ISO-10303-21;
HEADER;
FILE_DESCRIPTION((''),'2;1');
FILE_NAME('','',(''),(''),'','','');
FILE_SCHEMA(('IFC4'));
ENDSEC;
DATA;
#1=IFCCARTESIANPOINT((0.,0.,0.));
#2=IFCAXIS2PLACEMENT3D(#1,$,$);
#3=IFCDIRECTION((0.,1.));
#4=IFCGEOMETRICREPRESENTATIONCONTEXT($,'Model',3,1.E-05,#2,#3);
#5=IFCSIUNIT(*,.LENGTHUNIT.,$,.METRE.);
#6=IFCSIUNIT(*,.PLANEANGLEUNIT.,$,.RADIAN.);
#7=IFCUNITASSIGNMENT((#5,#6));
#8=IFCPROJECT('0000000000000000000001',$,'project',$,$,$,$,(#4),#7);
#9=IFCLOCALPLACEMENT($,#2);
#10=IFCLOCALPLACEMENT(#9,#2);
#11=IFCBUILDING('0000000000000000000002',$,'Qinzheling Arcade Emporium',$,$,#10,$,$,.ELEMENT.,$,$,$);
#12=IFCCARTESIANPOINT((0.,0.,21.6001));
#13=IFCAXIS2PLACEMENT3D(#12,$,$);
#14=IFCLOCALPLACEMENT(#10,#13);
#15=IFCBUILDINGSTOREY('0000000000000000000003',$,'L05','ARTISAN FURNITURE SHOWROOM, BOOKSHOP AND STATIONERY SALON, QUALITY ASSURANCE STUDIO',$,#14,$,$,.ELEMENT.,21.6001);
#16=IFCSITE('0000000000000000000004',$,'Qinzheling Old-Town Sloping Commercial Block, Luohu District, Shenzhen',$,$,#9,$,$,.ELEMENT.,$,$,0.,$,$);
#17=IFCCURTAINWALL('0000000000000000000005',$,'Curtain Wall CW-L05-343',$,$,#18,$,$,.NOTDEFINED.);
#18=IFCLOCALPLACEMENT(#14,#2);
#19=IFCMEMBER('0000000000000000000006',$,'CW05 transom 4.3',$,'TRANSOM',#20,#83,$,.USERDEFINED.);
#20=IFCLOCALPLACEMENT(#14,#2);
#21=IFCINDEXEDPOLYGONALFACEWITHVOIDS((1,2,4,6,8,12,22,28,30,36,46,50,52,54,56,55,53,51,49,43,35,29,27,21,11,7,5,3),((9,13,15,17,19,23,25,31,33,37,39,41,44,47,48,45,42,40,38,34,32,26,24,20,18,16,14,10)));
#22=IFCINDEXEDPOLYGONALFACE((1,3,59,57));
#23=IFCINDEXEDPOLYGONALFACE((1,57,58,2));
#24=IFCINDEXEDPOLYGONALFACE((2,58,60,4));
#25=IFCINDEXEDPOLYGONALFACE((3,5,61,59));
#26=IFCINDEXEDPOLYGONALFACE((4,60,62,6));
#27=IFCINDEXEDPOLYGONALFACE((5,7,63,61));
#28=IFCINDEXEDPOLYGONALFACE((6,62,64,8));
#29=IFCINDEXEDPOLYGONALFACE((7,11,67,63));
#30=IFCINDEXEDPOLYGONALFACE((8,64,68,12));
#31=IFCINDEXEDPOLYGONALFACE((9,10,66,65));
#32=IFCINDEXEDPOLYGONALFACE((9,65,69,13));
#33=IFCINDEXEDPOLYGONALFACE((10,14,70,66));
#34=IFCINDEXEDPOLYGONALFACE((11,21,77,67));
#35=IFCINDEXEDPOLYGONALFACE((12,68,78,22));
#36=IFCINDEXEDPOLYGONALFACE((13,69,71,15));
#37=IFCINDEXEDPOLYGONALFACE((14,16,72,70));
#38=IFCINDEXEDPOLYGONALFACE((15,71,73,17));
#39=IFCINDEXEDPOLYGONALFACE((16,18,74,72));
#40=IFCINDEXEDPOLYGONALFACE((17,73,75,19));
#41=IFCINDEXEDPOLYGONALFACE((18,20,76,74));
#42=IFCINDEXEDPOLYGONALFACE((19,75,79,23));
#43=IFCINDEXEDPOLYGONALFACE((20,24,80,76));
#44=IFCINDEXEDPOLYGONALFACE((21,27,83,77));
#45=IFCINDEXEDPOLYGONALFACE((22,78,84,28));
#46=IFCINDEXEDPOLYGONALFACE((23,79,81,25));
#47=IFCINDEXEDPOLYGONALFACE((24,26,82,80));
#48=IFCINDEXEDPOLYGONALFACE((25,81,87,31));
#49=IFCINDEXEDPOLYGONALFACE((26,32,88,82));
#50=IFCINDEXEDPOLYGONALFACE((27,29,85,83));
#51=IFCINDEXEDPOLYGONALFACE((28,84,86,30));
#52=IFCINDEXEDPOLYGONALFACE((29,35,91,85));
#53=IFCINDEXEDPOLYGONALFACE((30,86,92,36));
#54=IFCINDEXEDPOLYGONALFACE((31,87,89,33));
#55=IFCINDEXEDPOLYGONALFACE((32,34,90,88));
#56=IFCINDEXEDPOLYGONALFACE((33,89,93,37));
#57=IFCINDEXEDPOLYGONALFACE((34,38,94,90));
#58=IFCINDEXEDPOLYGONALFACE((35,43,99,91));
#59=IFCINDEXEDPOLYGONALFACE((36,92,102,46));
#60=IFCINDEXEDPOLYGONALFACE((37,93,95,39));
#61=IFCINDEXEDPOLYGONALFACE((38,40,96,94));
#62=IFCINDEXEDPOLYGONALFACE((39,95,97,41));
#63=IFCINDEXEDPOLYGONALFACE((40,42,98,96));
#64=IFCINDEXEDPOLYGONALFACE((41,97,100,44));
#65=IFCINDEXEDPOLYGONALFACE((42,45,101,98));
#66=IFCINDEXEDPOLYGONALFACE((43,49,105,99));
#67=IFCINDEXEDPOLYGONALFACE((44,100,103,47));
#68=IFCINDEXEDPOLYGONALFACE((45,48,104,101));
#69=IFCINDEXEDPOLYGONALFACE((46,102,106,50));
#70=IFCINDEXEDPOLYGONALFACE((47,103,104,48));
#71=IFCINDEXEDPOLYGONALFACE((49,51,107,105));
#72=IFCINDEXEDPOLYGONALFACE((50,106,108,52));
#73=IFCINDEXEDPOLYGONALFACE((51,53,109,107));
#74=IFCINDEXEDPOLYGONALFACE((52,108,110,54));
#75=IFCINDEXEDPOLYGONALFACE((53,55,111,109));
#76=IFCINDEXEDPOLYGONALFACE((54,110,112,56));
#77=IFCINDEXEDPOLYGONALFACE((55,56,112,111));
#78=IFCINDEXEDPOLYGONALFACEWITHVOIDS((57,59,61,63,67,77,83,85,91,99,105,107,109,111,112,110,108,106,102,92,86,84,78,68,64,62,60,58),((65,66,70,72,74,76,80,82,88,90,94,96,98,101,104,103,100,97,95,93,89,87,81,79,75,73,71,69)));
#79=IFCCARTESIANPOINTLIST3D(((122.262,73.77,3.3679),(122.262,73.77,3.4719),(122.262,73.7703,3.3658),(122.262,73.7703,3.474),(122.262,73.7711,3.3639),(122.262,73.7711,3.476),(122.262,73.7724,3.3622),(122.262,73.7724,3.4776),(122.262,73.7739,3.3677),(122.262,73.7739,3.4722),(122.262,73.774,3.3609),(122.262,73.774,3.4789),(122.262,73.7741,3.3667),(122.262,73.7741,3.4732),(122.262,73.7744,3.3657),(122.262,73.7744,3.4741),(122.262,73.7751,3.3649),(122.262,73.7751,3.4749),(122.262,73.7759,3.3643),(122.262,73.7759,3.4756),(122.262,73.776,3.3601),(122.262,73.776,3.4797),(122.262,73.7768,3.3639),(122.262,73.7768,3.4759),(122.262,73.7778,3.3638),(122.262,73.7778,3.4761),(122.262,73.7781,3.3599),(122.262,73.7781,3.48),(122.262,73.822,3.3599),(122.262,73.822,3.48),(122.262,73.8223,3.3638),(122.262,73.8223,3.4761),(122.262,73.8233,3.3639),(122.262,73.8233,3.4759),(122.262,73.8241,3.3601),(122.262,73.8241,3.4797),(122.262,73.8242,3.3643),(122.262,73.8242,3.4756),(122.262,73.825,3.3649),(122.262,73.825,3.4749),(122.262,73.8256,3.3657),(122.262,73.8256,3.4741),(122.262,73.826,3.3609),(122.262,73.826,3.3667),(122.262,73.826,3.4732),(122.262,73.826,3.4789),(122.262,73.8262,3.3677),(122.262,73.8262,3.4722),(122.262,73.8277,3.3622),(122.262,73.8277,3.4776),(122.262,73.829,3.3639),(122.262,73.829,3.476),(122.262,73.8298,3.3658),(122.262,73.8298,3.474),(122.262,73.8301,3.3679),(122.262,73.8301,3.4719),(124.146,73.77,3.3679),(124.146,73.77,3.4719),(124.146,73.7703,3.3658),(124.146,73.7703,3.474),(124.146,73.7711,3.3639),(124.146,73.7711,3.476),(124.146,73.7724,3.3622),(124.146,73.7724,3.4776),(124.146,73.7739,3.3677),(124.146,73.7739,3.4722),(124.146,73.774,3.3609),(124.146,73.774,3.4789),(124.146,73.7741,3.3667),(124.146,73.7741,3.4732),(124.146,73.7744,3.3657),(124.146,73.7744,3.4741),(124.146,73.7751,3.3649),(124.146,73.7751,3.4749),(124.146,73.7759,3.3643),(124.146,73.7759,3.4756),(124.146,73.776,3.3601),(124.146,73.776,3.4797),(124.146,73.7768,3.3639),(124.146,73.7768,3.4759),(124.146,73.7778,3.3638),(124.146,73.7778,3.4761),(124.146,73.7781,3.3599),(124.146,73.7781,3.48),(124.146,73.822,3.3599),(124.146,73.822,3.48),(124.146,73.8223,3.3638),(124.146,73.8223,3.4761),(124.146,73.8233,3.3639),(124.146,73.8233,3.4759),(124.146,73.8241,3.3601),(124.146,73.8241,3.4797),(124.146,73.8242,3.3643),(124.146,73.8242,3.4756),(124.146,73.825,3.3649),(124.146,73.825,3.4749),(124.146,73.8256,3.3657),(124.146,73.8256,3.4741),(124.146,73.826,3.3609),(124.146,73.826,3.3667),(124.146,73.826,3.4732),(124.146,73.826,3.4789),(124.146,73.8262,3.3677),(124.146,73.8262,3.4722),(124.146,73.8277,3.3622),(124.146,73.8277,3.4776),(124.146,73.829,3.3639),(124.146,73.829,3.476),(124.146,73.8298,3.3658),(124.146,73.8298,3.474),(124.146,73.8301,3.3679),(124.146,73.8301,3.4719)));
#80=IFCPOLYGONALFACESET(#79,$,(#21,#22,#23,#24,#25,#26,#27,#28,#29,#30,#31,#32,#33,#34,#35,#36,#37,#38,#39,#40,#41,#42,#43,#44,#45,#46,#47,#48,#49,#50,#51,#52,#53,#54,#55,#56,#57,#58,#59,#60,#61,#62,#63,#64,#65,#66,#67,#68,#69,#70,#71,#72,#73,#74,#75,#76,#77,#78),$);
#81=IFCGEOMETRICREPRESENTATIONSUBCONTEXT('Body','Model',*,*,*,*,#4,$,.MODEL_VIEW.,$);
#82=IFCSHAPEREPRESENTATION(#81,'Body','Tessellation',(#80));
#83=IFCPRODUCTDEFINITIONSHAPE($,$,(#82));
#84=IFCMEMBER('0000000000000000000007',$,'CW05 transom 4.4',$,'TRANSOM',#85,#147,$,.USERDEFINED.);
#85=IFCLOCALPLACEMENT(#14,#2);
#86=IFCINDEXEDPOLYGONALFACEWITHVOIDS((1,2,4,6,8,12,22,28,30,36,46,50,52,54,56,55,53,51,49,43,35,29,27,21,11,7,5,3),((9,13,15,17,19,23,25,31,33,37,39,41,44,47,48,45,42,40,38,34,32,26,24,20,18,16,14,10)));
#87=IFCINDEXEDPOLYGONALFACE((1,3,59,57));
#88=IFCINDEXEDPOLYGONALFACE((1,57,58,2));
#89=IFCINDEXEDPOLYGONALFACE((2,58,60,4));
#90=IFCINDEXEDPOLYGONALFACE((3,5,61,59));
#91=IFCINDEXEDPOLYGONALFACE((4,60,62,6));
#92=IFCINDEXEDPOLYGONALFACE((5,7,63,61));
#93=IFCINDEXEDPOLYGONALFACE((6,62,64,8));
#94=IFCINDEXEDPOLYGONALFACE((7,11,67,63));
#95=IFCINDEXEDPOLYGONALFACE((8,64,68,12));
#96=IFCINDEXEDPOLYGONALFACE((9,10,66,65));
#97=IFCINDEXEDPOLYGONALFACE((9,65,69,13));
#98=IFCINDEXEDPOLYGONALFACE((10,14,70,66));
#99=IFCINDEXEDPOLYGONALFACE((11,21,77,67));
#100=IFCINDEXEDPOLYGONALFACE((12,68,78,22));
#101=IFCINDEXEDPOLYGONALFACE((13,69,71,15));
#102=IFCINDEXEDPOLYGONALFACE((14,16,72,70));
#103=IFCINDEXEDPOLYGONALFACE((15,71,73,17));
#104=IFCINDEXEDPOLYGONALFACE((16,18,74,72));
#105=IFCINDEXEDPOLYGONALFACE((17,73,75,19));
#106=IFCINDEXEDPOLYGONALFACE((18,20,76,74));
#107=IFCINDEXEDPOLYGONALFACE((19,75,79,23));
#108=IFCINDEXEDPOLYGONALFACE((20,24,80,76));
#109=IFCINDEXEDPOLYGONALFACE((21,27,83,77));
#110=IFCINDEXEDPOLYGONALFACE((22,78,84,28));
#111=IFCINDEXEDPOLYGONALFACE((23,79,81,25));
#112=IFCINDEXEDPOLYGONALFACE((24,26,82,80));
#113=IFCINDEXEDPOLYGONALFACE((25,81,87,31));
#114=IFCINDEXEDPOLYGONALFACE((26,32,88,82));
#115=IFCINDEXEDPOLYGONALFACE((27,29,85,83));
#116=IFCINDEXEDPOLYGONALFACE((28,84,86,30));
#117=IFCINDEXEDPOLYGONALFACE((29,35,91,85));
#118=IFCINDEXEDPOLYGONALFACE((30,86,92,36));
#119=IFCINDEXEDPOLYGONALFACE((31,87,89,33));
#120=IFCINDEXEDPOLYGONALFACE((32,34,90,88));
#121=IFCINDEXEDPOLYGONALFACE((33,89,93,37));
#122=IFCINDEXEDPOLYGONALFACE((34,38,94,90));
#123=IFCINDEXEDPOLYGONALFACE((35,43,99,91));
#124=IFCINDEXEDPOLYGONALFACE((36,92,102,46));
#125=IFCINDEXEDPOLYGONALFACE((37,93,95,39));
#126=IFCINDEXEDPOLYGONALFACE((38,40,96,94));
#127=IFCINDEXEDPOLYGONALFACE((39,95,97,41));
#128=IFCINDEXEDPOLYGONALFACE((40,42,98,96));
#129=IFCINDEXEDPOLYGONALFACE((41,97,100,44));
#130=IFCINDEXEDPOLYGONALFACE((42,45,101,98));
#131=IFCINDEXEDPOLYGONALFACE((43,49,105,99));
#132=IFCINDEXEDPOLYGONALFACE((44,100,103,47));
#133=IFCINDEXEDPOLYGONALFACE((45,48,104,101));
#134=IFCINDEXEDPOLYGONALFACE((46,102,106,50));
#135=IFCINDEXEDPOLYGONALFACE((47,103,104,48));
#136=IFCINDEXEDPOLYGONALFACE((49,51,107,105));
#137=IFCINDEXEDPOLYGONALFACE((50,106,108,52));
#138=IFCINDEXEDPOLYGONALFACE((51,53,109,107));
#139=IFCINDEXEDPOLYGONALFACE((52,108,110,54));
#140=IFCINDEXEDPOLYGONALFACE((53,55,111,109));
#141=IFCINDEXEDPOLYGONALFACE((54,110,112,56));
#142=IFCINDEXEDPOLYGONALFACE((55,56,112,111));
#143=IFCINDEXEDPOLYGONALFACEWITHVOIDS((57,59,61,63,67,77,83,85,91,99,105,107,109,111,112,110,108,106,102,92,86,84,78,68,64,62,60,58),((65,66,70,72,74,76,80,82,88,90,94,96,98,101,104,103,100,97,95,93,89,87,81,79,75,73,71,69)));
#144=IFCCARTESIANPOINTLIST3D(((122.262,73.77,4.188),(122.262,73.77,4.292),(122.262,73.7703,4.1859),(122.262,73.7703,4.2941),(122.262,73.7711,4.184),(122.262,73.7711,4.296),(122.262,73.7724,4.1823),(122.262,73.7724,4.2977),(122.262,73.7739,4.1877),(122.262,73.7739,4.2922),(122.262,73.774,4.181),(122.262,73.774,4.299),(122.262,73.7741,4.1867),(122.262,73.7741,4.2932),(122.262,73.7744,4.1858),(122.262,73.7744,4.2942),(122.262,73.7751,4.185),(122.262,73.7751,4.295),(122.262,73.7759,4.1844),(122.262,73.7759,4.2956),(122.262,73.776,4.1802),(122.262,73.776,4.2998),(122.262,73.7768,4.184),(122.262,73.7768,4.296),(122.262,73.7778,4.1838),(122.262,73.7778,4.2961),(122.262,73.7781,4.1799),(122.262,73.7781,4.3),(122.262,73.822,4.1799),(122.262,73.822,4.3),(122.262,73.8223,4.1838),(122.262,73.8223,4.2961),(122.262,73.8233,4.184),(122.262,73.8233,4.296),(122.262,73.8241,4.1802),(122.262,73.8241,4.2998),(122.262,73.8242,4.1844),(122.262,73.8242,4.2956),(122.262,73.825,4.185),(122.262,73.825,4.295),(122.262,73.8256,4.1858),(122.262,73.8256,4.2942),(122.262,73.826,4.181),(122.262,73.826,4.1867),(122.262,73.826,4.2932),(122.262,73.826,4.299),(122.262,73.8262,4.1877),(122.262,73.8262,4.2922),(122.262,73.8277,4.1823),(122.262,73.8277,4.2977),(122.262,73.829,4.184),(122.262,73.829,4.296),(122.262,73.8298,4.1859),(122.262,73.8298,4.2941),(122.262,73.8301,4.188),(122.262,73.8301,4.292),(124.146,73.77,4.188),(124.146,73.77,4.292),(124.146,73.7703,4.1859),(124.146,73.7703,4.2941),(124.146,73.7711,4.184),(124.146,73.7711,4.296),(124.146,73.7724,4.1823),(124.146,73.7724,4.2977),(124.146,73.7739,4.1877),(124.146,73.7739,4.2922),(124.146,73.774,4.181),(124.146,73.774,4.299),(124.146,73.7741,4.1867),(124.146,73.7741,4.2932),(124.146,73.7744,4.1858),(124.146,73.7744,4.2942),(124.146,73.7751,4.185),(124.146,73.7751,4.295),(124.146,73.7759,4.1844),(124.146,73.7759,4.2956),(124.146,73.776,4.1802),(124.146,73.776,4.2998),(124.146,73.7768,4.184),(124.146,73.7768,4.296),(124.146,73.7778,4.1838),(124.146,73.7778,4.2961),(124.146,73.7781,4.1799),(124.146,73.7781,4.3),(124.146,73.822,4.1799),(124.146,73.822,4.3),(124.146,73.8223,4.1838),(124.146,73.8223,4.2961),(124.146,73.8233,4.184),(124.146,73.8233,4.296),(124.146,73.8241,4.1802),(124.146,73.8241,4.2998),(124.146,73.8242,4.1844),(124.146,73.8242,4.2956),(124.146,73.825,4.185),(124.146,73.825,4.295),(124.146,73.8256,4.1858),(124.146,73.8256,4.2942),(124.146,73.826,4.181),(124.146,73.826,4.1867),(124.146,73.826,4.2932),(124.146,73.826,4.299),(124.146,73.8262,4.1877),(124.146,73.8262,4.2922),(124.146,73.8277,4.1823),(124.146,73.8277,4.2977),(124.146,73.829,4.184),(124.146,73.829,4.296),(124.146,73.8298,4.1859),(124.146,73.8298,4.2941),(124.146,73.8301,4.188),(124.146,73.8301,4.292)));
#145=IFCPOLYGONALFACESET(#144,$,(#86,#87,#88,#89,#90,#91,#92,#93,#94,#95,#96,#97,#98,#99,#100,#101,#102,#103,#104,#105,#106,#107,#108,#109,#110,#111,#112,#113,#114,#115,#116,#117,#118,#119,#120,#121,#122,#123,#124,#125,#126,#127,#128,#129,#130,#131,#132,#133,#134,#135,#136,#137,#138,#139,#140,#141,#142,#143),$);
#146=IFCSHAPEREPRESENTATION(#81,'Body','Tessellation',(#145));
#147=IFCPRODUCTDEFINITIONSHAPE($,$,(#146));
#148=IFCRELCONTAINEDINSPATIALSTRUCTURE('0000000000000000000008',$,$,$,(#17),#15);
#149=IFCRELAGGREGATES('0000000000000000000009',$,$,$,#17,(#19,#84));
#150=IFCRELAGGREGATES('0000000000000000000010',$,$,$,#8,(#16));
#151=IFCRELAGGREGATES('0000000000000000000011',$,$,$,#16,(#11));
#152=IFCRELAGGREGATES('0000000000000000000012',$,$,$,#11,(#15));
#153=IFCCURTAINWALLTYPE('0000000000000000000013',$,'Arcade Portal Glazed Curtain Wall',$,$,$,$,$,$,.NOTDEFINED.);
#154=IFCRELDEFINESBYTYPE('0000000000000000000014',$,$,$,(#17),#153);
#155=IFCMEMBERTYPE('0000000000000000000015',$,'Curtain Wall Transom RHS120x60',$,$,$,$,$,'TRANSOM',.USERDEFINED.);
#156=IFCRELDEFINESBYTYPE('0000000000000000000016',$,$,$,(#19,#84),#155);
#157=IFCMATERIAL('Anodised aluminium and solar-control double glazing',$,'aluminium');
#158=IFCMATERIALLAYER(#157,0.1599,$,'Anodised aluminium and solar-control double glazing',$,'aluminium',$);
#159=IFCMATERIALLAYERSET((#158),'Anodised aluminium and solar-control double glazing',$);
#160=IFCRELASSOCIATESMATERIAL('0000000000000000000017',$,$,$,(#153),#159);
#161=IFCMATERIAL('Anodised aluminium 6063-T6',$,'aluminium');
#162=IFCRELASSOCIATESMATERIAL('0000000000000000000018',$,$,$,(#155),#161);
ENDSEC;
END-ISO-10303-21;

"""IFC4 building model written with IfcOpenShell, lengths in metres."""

from ifc_helpers import new_model, si_unit, direction, frame, origin, origin_2d, place, context, subcontext, project, spatial, hollow_rectangle, extrude, material, layer, layer_set, material_profile, profile_set, type_object, element, aggregate, save


model = new_model("IFC4")

# Units and contexts
model_context = context("Model", 3, precision=1e-05, world=origin(), true_north=direction((0.0, 1.0)))
body_context = subcontext(model_context, "Body", "Model", "MODEL_VIEW")
ifc_project = project(units=[si_unit("LENGTHUNIT", "METRE"), si_unit("PLANEANGLEUNIT", "RADIAN")], contexts=[model_context])

# Site, building, storey
site_placement = place(None, origin())
site = spatial("IfcSite", under=ifc_project, at=site_placement, Name="Qinzheling Old-Town Sloping Commercial Block, Luohu District, Shenzhen", CompositionType="ELEMENT", RefElevation=0.0)
building_placement = place(site_placement, origin())
building = spatial("IfcBuilding", under=site, at=building_placement, Name="Qinzheling Arcade Emporium", CompositionType="ELEMENT")
storey_placement = place(building_placement, frame((0.0, 0.0, 21.6001)))
storey = spatial("IfcBuildingStorey", under=building, at=storey_placement, Name="L05", Description="ARTISAN FURNITURE SHOWROOM, BOOKSHOP AND STATIONERY SALON, QUALITY ASSURANCE STUDIO", CompositionType="ELEMENT", Elevation=21.6001)

# Curtain wall
ifc_material_1 = material(Name="Anodised aluminium and solar-control double glazing", Category="aluminium")
ifc_layer_1 = layer(ifc_material_1, 0.1599, Name="Anodised aluminium and solar-control double glazing", Category="aluminium")
ifc_layer_set_1 = layer_set([ifc_layer_1], Name="Anodised aluminium and solar-control double glazing")
curtain_wall_type = type_object("IfcCurtainWallType", Name="Arcade Portal Glazed Curtain Wall", PredefinedType="NOTDEFINED", material=ifc_layer_set_1)
curtain_wall_1_placement = place(storey_placement, origin())
curtain_wall_1 = element("IfcCurtainWall", 1, at=curtain_wall_1_placement, inside=storey, type_object=curtain_wall_type, Name="Curtain Wall CW-L05-343", PredefinedType="NOTDEFINED")
ifc_material_2 = material(Name="Anodised aluminium 6063-T6", Category="aluminium")

# Members
ifc_material_profile_1 = material_profile(ifc_material_2, hollow_rectangle(XDim=0.0601, YDim=0.1201, WallThickness=0.0039, InnerFilletRadius=0.0039, OuterFilletRadius=0.0081, at=origin_2d()), Name="RHS 120x60x4", Category="aluminium")
ifc_profile_set_1 = profile_set([ifc_material_profile_1], Name="Anodised aluminium 6063-T6")
member_type_1 = type_object("IfcMemberType", Name="Curtain Wall Transom RHS120x60", ElementType="TRANSOM", PredefinedType="USERDEFINED", material=ifc_profile_set_1)
member_1_placement = place(storey_placement, frame((124.146, 73.8, 3.4199), z_axis=(-1.0, 0.0, 0.0), x_axis=(0.0, -1.0, 0.0)))
member_1 = element("IfcMember", 2, at=member_1_placement, type_object=member_type_1, Name="CW05 transom 4.3", ObjectType="TRANSOM", PredefinedType="USERDEFINED", context=body_context, shape_type="SweptSolid", body=[
    extrude(hollow_rectangle(XDim=0.0601, YDim=0.1201, WallThickness=0.0039, InnerFilletRadius=0.0039, OuterFilletRadius=0.0081, at=origin_2d()), origin(), (0.0, 0.0, 1.0), 1.884),
])
member_2_placement = place(storey_placement, frame((124.146, 73.8, 4.24), z_axis=(-1.0, 0.0, 0.0), x_axis=(0.0, -1.0, 0.0)))
member_2 = element("IfcMember", 3, at=member_2_placement, type_object=member_type_1, Name="CW05 transom 4.4", ObjectType="TRANSOM", PredefinedType="USERDEFINED", context=body_context, shape_type="SweptSolid", body=[
    extrude(hollow_rectangle(XDim=0.0601, YDim=0.1201, WallThickness=0.0039, InnerFilletRadius=0.0039, OuterFilletRadius=0.0081, at=origin_2d()), origin(), (0.0, 0.0, 1.0), 1.884),
])

aggregate(curtain_wall_1, [member_1, member_2])

save(model, "model.ifc")
